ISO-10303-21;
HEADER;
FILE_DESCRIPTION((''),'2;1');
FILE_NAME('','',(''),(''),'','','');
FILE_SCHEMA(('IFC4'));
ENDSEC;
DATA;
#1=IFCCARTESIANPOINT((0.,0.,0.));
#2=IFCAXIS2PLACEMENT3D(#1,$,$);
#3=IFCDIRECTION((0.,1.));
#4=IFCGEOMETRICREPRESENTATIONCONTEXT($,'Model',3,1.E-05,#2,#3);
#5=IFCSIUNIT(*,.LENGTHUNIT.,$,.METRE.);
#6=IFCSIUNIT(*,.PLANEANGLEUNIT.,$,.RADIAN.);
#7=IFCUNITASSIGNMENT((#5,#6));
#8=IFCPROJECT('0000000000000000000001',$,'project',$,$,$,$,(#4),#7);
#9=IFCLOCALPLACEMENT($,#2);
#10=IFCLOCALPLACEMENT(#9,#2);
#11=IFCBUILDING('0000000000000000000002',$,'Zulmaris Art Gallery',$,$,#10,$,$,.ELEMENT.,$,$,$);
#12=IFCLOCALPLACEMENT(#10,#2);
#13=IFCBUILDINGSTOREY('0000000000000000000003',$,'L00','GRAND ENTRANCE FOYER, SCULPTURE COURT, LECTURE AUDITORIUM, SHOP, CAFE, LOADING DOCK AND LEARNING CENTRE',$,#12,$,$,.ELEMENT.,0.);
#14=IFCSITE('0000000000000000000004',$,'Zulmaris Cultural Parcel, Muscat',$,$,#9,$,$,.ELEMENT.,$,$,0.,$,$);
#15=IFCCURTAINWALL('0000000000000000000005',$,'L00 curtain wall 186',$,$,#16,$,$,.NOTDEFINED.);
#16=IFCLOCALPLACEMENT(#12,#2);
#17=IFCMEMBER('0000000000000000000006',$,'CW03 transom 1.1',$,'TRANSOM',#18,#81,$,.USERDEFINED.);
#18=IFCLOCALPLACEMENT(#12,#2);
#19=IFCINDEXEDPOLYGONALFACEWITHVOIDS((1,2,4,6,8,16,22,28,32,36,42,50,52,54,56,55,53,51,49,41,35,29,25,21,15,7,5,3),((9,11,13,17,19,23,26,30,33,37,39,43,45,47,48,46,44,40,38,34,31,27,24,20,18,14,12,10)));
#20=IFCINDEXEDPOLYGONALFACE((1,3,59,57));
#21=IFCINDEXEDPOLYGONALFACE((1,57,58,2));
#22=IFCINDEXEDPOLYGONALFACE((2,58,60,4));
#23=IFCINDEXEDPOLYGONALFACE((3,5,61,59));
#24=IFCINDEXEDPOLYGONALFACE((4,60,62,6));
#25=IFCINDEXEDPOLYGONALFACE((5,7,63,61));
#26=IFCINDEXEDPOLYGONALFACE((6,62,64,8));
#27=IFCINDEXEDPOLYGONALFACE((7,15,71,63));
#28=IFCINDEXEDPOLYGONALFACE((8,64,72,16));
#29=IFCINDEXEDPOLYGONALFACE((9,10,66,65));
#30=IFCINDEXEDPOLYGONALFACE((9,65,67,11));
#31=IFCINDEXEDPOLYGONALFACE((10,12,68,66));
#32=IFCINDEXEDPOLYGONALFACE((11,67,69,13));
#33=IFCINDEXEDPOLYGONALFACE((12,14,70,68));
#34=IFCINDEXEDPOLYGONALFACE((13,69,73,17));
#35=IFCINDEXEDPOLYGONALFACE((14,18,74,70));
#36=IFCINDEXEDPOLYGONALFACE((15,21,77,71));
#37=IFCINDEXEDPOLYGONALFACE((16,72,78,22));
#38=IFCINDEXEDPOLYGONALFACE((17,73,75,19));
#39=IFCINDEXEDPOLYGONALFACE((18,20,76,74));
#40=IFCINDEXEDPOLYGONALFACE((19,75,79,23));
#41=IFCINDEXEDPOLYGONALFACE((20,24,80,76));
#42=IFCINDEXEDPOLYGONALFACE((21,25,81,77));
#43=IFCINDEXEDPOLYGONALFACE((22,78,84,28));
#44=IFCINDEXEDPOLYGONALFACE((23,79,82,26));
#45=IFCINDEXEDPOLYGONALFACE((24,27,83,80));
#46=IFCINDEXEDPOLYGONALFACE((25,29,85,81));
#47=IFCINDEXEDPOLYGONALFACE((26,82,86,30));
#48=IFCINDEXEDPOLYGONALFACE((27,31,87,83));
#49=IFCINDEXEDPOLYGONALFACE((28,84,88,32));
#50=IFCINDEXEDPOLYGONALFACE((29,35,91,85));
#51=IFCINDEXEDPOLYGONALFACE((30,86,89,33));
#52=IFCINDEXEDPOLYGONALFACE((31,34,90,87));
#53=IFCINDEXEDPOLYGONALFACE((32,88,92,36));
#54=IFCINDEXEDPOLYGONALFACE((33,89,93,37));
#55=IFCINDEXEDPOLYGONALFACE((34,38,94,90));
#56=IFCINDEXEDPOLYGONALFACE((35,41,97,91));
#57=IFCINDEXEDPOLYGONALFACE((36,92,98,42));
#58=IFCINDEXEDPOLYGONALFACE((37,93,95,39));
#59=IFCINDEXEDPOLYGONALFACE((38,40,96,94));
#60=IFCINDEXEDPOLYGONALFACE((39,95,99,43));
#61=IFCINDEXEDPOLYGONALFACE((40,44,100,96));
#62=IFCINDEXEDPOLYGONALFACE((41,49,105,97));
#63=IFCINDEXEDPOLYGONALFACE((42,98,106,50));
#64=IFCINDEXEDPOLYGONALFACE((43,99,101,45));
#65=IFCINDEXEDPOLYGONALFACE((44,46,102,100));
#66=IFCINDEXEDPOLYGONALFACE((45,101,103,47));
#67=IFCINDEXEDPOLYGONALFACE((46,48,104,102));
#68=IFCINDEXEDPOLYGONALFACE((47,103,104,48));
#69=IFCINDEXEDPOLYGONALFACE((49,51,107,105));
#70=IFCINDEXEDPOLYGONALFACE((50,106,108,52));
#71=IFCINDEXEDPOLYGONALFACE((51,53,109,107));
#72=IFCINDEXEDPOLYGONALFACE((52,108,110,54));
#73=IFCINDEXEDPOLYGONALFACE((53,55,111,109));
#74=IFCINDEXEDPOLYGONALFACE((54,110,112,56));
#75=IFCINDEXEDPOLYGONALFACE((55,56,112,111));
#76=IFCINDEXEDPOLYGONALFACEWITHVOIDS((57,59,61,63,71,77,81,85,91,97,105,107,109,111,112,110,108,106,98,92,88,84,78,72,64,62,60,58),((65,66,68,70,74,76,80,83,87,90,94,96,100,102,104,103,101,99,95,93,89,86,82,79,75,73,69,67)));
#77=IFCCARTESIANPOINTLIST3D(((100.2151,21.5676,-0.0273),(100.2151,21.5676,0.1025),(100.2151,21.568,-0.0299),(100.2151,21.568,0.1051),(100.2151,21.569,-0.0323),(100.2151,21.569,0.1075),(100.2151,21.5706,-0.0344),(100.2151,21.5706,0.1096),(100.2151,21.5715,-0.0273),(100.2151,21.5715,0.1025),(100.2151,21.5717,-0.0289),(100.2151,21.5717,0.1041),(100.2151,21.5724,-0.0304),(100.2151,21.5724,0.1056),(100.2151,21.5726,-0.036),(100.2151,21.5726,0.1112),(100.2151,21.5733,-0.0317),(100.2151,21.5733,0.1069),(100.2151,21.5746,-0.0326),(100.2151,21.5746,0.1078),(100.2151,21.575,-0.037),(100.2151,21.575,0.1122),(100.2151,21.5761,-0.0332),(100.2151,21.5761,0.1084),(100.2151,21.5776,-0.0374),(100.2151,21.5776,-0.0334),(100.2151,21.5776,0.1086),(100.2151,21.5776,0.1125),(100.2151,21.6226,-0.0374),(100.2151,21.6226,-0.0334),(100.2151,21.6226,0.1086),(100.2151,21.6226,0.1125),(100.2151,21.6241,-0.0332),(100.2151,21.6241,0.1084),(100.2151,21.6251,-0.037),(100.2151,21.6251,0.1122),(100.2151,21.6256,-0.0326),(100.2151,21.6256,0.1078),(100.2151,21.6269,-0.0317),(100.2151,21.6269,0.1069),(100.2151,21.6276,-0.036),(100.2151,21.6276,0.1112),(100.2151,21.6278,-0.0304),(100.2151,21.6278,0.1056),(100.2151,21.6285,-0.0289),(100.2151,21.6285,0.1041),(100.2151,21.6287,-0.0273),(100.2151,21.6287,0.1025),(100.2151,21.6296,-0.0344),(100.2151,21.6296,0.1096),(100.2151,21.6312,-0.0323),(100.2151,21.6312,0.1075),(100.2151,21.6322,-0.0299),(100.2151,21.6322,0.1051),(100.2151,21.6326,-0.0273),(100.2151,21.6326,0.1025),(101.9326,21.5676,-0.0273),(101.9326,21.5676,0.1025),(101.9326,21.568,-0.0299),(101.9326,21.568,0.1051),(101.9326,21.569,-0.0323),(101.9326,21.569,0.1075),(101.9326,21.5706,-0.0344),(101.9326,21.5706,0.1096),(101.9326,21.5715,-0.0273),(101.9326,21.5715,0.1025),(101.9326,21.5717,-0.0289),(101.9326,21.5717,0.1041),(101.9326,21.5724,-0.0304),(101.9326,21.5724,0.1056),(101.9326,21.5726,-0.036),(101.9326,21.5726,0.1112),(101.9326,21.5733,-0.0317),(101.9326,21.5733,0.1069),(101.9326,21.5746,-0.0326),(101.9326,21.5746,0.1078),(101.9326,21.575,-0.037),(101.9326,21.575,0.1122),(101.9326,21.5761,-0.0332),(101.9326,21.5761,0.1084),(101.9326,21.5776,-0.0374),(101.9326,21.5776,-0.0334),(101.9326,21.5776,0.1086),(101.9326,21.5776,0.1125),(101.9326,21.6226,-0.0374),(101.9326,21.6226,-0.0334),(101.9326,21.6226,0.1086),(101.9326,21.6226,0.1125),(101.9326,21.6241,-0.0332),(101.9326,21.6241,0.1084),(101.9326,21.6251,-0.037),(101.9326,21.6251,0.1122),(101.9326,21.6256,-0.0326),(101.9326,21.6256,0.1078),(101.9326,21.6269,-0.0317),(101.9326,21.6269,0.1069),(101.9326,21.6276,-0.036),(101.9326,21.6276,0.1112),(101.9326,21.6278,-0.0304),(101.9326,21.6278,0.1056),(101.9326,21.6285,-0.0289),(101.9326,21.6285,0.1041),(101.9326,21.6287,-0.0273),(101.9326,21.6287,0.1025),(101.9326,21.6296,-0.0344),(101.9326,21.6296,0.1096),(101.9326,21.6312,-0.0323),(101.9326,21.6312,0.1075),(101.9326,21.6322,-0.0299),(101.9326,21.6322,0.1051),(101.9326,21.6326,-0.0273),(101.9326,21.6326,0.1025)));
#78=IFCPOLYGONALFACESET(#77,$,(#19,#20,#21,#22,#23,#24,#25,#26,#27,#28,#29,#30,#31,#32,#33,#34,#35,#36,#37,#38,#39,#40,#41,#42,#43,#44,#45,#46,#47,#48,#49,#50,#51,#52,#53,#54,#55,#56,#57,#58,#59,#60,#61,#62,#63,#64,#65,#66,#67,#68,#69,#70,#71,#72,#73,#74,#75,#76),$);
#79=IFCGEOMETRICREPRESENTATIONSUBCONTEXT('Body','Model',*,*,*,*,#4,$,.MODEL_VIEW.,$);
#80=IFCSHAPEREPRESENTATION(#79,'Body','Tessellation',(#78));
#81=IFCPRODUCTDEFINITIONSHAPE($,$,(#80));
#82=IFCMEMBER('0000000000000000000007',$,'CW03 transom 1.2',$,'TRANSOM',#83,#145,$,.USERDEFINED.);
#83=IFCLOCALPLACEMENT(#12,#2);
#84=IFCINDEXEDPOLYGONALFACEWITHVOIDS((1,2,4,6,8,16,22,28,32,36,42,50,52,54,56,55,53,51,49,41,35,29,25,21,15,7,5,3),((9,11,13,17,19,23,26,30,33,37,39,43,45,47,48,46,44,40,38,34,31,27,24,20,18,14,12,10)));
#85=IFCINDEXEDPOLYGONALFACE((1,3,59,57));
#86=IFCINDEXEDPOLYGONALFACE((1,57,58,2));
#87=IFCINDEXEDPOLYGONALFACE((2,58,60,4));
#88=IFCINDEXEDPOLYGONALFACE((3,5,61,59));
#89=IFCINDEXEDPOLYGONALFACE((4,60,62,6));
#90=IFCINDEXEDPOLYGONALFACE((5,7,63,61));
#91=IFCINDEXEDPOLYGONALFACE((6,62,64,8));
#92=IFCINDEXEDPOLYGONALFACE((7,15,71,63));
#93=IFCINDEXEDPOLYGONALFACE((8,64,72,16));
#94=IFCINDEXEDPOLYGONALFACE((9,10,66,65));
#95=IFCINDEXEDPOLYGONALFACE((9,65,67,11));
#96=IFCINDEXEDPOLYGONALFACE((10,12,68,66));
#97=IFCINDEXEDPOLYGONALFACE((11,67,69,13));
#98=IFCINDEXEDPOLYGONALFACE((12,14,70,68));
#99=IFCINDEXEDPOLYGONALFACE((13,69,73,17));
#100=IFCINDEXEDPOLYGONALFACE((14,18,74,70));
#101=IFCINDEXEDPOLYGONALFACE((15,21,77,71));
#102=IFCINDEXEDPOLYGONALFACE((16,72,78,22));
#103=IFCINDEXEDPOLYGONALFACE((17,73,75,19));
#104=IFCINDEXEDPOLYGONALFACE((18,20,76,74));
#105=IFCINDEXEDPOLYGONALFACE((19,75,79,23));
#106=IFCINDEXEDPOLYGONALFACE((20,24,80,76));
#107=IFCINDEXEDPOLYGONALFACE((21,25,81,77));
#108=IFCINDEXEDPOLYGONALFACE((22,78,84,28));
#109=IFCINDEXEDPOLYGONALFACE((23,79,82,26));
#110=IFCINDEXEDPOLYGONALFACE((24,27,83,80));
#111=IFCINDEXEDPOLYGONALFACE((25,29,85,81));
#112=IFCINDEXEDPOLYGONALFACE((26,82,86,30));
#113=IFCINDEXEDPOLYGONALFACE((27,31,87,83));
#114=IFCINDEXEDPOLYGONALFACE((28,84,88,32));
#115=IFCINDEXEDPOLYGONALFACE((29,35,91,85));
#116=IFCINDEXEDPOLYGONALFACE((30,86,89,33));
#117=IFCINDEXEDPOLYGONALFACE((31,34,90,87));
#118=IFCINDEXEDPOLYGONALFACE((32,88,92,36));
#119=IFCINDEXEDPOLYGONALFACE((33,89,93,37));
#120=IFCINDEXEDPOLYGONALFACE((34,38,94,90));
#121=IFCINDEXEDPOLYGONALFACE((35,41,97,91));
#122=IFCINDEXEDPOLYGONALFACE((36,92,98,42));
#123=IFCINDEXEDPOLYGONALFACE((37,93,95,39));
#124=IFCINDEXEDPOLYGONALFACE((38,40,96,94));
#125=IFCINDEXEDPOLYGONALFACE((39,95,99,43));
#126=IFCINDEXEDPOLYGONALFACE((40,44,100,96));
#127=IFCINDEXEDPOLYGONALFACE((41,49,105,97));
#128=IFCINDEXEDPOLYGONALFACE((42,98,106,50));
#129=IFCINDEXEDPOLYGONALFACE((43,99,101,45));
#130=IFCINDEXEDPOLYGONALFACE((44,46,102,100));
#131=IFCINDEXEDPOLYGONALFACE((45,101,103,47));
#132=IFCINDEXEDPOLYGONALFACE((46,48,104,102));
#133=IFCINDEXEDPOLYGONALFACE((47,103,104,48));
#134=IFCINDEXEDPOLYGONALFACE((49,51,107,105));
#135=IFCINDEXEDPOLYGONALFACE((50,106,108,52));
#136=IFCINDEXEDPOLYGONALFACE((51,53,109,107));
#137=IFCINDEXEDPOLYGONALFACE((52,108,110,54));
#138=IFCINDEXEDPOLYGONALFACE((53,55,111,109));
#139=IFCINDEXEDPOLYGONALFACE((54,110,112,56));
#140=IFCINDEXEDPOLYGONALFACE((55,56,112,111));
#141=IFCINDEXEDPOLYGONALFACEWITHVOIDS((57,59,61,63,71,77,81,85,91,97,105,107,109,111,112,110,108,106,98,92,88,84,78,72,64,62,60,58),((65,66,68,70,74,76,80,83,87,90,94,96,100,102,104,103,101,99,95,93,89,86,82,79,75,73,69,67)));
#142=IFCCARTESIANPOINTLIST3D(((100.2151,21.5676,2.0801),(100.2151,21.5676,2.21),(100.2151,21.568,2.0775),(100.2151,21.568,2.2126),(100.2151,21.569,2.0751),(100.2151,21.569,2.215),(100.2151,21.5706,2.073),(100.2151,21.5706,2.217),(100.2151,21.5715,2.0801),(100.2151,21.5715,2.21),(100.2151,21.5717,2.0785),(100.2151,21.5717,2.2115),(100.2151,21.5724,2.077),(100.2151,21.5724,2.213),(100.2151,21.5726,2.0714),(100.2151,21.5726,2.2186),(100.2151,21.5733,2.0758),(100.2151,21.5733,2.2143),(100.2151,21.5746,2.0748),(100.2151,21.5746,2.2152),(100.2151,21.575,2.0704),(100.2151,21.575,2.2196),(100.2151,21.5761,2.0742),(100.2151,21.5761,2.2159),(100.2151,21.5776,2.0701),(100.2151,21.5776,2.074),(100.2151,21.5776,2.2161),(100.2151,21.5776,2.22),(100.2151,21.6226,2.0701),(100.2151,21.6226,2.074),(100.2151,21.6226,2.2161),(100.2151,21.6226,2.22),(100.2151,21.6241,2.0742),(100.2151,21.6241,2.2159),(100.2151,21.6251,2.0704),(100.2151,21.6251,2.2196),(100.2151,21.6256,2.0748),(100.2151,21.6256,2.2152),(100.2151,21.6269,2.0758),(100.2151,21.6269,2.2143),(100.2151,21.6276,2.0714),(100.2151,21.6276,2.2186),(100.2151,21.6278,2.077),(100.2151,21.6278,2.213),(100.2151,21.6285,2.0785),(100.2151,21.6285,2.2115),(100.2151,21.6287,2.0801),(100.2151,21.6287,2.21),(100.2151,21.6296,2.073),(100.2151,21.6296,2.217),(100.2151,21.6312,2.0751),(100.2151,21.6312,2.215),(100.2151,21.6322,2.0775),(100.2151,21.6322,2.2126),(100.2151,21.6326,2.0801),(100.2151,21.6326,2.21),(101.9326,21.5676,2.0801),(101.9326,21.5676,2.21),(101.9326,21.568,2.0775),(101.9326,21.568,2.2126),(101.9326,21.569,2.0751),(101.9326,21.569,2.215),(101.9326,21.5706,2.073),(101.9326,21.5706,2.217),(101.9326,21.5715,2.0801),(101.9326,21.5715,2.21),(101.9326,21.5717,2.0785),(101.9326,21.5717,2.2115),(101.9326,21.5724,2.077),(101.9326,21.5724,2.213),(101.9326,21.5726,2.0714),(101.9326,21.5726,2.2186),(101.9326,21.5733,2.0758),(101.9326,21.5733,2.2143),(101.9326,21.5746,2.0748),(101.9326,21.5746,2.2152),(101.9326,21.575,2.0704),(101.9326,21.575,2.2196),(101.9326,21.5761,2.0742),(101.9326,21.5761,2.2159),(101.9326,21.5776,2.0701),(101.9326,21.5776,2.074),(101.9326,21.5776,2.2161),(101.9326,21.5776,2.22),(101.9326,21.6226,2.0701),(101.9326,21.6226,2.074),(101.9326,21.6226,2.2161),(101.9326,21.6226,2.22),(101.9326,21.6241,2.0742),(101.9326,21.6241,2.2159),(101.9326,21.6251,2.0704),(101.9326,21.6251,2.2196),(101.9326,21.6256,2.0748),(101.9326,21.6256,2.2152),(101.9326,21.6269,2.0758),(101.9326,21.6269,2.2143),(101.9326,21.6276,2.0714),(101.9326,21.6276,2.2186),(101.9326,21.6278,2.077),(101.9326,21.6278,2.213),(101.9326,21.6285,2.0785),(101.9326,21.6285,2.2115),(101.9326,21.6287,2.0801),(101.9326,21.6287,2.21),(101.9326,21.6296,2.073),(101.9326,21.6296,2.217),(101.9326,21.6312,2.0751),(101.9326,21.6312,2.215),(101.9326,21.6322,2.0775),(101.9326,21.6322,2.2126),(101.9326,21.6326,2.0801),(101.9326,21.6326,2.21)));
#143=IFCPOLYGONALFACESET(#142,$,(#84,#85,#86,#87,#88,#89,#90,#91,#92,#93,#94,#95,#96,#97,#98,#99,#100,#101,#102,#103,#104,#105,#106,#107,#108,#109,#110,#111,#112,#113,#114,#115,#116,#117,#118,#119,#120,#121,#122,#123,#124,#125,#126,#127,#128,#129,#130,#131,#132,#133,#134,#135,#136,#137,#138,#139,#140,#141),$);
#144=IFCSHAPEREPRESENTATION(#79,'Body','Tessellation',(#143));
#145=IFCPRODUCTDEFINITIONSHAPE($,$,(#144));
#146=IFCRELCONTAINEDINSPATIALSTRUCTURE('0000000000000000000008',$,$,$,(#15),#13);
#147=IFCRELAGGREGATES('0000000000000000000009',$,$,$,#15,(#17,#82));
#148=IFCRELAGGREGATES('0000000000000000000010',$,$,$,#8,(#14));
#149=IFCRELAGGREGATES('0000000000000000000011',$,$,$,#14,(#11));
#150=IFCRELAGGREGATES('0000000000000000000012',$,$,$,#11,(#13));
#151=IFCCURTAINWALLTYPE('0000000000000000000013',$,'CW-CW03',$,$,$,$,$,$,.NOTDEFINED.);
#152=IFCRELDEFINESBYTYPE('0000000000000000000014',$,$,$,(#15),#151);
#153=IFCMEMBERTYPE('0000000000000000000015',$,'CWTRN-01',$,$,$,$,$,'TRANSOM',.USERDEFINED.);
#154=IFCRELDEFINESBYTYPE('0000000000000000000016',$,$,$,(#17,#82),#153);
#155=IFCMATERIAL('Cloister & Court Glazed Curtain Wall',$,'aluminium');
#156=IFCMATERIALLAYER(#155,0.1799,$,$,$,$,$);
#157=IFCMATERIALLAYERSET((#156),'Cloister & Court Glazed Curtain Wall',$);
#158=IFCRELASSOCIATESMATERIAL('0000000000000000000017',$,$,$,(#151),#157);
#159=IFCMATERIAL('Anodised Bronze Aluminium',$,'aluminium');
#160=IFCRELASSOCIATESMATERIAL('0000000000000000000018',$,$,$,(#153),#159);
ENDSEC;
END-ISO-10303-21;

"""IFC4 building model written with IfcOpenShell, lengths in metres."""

from ifc_helpers import new_model, si_unit, direction, frame, origin, origin_2d, place, context, subcontext, project, spatial, hollow_rectangle, extrude, material, layer, layer_set, material_profile, profile_set, type_object, element, aggregate, save


model = new_model("IFC4")

# Units and contexts
model_context = context("Model", 3, precision=1e-05, world=origin(), true_north=direction((0.0, 1.0)))
body_context = subcontext(model_context, "Body", "Model", "MODEL_VIEW")
ifc_project = project(units=[si_unit("LENGTHUNIT", "METRE"), si_unit("PLANEANGLEUNIT", "RADIAN")], contexts=[model_context])

# Site, building, storey
site_placement = place(None, origin())
site = spatial("IfcSite", under=ifc_project, at=site_placement, Name="Zulmaris Cultural Parcel, Muscat", CompositionType="ELEMENT", RefElevation=0.0)
building_placement = place(site_placement, origin())
building = spatial("IfcBuilding", under=site, at=building_placement, Name="Zulmaris Art Gallery", CompositionType="ELEMENT")
storey_placement = place(building_placement, origin())
storey = spatial("IfcBuildingStorey", under=building, at=storey_placement, Name="L00", Description="GRAND ENTRANCE FOYER, SCULPTURE COURT, LECTURE AUDITORIUM, SHOP, CAFE, LOADING DOCK AND LEARNING CENTRE", CompositionType="ELEMENT", Elevation=0.0)

# Shared definitions
ifc_material_1 = material(Name="Cloister & Court Glazed Curtain Wall", Category="aluminium")
ifc_layer_1 = layer(ifc_material_1, 0.1799)
ifc_layer_set_1 = layer_set([ifc_layer_1], Name="Cloister & Court Glazed Curtain Wall")
curtain_wall_type = type_object("IfcCurtainWallType", Name="CW-CW03", PredefinedType="NOTDEFINED", material=ifc_layer_set_1)
ifc_material_2 = material(Name="Anodised Bronze Aluminium", Category="aluminium")

# Curtain wall, members
curtain_wall_1_placement = place(storey_placement, origin())
curtain_wall_1 = element("IfcCurtainWall", 1, at=curtain_wall_1_placement, inside=storey, type_object=curtain_wall_type, Name="L00 curtain wall 186", PredefinedType="NOTDEFINED")
ifc_material_profile_1 = material_profile(ifc_material_2, hollow_rectangle(XDim=0.0649, YDim=0.1499, WallThickness=0.0039, InnerFilletRadius=0.0061, OuterFilletRadius=0.01, at=origin_2d()), Name="ALU 65x150x4")
ifc_profile_set_1 = profile_set([ifc_material_profile_1], Name="Anodised Bronze Aluminium")
member_type_1 = type_object("IfcMemberType", Name="CWTRN-01", ElementType="TRANSOM", PredefinedType="USERDEFINED", material=ifc_profile_set_1)
member_1_placement = place(storey_placement, frame((100.2151, 21.6001, 0.0376), z_axis=(1.0, 0.0, 0.0), x_axis=(0.0, 1.0, 0.0)))
member_1 = element("IfcMember", 2, at=member_1_placement, type_object=member_type_1, Name="CW03 transom 1.1", ObjectType="TRANSOM", PredefinedType="USERDEFINED", context=body_context, shape_type="SweptSolid", body=[
    extrude(hollow_rectangle(XDim=0.0649, YDim=0.1499, WallThickness=0.0039, InnerFilletRadius=0.0061, OuterFilletRadius=0.01, at=origin_2d()), origin(), (0.0, 0.0, 1.0), 1.7175),
])
member_2_placement = place(storey_placement, frame((100.2151, 21.6001, 2.145), z_axis=(1.0, 0.0, 0.0), x_axis=(0.0, 1.0, 0.0)))
member_2 = element("IfcMember", 3, at=member_2_placement, type_object=member_type_1, Name="CW03 transom 1.2", ObjectType="TRANSOM", PredefinedType="USERDEFINED", context=body_context, shape_type="SweptSolid", body=[
    extrude(hollow_rectangle(XDim=0.0649, YDim=0.1499, WallThickness=0.0039, InnerFilletRadius=0.0061, OuterFilletRadius=0.01, at=origin_2d()), origin(), (0.0, 0.0, 1.0), 1.7175),
])

aggregate(curtain_wall_1, [member_1, member_2])

save(model, "model.ifc")
